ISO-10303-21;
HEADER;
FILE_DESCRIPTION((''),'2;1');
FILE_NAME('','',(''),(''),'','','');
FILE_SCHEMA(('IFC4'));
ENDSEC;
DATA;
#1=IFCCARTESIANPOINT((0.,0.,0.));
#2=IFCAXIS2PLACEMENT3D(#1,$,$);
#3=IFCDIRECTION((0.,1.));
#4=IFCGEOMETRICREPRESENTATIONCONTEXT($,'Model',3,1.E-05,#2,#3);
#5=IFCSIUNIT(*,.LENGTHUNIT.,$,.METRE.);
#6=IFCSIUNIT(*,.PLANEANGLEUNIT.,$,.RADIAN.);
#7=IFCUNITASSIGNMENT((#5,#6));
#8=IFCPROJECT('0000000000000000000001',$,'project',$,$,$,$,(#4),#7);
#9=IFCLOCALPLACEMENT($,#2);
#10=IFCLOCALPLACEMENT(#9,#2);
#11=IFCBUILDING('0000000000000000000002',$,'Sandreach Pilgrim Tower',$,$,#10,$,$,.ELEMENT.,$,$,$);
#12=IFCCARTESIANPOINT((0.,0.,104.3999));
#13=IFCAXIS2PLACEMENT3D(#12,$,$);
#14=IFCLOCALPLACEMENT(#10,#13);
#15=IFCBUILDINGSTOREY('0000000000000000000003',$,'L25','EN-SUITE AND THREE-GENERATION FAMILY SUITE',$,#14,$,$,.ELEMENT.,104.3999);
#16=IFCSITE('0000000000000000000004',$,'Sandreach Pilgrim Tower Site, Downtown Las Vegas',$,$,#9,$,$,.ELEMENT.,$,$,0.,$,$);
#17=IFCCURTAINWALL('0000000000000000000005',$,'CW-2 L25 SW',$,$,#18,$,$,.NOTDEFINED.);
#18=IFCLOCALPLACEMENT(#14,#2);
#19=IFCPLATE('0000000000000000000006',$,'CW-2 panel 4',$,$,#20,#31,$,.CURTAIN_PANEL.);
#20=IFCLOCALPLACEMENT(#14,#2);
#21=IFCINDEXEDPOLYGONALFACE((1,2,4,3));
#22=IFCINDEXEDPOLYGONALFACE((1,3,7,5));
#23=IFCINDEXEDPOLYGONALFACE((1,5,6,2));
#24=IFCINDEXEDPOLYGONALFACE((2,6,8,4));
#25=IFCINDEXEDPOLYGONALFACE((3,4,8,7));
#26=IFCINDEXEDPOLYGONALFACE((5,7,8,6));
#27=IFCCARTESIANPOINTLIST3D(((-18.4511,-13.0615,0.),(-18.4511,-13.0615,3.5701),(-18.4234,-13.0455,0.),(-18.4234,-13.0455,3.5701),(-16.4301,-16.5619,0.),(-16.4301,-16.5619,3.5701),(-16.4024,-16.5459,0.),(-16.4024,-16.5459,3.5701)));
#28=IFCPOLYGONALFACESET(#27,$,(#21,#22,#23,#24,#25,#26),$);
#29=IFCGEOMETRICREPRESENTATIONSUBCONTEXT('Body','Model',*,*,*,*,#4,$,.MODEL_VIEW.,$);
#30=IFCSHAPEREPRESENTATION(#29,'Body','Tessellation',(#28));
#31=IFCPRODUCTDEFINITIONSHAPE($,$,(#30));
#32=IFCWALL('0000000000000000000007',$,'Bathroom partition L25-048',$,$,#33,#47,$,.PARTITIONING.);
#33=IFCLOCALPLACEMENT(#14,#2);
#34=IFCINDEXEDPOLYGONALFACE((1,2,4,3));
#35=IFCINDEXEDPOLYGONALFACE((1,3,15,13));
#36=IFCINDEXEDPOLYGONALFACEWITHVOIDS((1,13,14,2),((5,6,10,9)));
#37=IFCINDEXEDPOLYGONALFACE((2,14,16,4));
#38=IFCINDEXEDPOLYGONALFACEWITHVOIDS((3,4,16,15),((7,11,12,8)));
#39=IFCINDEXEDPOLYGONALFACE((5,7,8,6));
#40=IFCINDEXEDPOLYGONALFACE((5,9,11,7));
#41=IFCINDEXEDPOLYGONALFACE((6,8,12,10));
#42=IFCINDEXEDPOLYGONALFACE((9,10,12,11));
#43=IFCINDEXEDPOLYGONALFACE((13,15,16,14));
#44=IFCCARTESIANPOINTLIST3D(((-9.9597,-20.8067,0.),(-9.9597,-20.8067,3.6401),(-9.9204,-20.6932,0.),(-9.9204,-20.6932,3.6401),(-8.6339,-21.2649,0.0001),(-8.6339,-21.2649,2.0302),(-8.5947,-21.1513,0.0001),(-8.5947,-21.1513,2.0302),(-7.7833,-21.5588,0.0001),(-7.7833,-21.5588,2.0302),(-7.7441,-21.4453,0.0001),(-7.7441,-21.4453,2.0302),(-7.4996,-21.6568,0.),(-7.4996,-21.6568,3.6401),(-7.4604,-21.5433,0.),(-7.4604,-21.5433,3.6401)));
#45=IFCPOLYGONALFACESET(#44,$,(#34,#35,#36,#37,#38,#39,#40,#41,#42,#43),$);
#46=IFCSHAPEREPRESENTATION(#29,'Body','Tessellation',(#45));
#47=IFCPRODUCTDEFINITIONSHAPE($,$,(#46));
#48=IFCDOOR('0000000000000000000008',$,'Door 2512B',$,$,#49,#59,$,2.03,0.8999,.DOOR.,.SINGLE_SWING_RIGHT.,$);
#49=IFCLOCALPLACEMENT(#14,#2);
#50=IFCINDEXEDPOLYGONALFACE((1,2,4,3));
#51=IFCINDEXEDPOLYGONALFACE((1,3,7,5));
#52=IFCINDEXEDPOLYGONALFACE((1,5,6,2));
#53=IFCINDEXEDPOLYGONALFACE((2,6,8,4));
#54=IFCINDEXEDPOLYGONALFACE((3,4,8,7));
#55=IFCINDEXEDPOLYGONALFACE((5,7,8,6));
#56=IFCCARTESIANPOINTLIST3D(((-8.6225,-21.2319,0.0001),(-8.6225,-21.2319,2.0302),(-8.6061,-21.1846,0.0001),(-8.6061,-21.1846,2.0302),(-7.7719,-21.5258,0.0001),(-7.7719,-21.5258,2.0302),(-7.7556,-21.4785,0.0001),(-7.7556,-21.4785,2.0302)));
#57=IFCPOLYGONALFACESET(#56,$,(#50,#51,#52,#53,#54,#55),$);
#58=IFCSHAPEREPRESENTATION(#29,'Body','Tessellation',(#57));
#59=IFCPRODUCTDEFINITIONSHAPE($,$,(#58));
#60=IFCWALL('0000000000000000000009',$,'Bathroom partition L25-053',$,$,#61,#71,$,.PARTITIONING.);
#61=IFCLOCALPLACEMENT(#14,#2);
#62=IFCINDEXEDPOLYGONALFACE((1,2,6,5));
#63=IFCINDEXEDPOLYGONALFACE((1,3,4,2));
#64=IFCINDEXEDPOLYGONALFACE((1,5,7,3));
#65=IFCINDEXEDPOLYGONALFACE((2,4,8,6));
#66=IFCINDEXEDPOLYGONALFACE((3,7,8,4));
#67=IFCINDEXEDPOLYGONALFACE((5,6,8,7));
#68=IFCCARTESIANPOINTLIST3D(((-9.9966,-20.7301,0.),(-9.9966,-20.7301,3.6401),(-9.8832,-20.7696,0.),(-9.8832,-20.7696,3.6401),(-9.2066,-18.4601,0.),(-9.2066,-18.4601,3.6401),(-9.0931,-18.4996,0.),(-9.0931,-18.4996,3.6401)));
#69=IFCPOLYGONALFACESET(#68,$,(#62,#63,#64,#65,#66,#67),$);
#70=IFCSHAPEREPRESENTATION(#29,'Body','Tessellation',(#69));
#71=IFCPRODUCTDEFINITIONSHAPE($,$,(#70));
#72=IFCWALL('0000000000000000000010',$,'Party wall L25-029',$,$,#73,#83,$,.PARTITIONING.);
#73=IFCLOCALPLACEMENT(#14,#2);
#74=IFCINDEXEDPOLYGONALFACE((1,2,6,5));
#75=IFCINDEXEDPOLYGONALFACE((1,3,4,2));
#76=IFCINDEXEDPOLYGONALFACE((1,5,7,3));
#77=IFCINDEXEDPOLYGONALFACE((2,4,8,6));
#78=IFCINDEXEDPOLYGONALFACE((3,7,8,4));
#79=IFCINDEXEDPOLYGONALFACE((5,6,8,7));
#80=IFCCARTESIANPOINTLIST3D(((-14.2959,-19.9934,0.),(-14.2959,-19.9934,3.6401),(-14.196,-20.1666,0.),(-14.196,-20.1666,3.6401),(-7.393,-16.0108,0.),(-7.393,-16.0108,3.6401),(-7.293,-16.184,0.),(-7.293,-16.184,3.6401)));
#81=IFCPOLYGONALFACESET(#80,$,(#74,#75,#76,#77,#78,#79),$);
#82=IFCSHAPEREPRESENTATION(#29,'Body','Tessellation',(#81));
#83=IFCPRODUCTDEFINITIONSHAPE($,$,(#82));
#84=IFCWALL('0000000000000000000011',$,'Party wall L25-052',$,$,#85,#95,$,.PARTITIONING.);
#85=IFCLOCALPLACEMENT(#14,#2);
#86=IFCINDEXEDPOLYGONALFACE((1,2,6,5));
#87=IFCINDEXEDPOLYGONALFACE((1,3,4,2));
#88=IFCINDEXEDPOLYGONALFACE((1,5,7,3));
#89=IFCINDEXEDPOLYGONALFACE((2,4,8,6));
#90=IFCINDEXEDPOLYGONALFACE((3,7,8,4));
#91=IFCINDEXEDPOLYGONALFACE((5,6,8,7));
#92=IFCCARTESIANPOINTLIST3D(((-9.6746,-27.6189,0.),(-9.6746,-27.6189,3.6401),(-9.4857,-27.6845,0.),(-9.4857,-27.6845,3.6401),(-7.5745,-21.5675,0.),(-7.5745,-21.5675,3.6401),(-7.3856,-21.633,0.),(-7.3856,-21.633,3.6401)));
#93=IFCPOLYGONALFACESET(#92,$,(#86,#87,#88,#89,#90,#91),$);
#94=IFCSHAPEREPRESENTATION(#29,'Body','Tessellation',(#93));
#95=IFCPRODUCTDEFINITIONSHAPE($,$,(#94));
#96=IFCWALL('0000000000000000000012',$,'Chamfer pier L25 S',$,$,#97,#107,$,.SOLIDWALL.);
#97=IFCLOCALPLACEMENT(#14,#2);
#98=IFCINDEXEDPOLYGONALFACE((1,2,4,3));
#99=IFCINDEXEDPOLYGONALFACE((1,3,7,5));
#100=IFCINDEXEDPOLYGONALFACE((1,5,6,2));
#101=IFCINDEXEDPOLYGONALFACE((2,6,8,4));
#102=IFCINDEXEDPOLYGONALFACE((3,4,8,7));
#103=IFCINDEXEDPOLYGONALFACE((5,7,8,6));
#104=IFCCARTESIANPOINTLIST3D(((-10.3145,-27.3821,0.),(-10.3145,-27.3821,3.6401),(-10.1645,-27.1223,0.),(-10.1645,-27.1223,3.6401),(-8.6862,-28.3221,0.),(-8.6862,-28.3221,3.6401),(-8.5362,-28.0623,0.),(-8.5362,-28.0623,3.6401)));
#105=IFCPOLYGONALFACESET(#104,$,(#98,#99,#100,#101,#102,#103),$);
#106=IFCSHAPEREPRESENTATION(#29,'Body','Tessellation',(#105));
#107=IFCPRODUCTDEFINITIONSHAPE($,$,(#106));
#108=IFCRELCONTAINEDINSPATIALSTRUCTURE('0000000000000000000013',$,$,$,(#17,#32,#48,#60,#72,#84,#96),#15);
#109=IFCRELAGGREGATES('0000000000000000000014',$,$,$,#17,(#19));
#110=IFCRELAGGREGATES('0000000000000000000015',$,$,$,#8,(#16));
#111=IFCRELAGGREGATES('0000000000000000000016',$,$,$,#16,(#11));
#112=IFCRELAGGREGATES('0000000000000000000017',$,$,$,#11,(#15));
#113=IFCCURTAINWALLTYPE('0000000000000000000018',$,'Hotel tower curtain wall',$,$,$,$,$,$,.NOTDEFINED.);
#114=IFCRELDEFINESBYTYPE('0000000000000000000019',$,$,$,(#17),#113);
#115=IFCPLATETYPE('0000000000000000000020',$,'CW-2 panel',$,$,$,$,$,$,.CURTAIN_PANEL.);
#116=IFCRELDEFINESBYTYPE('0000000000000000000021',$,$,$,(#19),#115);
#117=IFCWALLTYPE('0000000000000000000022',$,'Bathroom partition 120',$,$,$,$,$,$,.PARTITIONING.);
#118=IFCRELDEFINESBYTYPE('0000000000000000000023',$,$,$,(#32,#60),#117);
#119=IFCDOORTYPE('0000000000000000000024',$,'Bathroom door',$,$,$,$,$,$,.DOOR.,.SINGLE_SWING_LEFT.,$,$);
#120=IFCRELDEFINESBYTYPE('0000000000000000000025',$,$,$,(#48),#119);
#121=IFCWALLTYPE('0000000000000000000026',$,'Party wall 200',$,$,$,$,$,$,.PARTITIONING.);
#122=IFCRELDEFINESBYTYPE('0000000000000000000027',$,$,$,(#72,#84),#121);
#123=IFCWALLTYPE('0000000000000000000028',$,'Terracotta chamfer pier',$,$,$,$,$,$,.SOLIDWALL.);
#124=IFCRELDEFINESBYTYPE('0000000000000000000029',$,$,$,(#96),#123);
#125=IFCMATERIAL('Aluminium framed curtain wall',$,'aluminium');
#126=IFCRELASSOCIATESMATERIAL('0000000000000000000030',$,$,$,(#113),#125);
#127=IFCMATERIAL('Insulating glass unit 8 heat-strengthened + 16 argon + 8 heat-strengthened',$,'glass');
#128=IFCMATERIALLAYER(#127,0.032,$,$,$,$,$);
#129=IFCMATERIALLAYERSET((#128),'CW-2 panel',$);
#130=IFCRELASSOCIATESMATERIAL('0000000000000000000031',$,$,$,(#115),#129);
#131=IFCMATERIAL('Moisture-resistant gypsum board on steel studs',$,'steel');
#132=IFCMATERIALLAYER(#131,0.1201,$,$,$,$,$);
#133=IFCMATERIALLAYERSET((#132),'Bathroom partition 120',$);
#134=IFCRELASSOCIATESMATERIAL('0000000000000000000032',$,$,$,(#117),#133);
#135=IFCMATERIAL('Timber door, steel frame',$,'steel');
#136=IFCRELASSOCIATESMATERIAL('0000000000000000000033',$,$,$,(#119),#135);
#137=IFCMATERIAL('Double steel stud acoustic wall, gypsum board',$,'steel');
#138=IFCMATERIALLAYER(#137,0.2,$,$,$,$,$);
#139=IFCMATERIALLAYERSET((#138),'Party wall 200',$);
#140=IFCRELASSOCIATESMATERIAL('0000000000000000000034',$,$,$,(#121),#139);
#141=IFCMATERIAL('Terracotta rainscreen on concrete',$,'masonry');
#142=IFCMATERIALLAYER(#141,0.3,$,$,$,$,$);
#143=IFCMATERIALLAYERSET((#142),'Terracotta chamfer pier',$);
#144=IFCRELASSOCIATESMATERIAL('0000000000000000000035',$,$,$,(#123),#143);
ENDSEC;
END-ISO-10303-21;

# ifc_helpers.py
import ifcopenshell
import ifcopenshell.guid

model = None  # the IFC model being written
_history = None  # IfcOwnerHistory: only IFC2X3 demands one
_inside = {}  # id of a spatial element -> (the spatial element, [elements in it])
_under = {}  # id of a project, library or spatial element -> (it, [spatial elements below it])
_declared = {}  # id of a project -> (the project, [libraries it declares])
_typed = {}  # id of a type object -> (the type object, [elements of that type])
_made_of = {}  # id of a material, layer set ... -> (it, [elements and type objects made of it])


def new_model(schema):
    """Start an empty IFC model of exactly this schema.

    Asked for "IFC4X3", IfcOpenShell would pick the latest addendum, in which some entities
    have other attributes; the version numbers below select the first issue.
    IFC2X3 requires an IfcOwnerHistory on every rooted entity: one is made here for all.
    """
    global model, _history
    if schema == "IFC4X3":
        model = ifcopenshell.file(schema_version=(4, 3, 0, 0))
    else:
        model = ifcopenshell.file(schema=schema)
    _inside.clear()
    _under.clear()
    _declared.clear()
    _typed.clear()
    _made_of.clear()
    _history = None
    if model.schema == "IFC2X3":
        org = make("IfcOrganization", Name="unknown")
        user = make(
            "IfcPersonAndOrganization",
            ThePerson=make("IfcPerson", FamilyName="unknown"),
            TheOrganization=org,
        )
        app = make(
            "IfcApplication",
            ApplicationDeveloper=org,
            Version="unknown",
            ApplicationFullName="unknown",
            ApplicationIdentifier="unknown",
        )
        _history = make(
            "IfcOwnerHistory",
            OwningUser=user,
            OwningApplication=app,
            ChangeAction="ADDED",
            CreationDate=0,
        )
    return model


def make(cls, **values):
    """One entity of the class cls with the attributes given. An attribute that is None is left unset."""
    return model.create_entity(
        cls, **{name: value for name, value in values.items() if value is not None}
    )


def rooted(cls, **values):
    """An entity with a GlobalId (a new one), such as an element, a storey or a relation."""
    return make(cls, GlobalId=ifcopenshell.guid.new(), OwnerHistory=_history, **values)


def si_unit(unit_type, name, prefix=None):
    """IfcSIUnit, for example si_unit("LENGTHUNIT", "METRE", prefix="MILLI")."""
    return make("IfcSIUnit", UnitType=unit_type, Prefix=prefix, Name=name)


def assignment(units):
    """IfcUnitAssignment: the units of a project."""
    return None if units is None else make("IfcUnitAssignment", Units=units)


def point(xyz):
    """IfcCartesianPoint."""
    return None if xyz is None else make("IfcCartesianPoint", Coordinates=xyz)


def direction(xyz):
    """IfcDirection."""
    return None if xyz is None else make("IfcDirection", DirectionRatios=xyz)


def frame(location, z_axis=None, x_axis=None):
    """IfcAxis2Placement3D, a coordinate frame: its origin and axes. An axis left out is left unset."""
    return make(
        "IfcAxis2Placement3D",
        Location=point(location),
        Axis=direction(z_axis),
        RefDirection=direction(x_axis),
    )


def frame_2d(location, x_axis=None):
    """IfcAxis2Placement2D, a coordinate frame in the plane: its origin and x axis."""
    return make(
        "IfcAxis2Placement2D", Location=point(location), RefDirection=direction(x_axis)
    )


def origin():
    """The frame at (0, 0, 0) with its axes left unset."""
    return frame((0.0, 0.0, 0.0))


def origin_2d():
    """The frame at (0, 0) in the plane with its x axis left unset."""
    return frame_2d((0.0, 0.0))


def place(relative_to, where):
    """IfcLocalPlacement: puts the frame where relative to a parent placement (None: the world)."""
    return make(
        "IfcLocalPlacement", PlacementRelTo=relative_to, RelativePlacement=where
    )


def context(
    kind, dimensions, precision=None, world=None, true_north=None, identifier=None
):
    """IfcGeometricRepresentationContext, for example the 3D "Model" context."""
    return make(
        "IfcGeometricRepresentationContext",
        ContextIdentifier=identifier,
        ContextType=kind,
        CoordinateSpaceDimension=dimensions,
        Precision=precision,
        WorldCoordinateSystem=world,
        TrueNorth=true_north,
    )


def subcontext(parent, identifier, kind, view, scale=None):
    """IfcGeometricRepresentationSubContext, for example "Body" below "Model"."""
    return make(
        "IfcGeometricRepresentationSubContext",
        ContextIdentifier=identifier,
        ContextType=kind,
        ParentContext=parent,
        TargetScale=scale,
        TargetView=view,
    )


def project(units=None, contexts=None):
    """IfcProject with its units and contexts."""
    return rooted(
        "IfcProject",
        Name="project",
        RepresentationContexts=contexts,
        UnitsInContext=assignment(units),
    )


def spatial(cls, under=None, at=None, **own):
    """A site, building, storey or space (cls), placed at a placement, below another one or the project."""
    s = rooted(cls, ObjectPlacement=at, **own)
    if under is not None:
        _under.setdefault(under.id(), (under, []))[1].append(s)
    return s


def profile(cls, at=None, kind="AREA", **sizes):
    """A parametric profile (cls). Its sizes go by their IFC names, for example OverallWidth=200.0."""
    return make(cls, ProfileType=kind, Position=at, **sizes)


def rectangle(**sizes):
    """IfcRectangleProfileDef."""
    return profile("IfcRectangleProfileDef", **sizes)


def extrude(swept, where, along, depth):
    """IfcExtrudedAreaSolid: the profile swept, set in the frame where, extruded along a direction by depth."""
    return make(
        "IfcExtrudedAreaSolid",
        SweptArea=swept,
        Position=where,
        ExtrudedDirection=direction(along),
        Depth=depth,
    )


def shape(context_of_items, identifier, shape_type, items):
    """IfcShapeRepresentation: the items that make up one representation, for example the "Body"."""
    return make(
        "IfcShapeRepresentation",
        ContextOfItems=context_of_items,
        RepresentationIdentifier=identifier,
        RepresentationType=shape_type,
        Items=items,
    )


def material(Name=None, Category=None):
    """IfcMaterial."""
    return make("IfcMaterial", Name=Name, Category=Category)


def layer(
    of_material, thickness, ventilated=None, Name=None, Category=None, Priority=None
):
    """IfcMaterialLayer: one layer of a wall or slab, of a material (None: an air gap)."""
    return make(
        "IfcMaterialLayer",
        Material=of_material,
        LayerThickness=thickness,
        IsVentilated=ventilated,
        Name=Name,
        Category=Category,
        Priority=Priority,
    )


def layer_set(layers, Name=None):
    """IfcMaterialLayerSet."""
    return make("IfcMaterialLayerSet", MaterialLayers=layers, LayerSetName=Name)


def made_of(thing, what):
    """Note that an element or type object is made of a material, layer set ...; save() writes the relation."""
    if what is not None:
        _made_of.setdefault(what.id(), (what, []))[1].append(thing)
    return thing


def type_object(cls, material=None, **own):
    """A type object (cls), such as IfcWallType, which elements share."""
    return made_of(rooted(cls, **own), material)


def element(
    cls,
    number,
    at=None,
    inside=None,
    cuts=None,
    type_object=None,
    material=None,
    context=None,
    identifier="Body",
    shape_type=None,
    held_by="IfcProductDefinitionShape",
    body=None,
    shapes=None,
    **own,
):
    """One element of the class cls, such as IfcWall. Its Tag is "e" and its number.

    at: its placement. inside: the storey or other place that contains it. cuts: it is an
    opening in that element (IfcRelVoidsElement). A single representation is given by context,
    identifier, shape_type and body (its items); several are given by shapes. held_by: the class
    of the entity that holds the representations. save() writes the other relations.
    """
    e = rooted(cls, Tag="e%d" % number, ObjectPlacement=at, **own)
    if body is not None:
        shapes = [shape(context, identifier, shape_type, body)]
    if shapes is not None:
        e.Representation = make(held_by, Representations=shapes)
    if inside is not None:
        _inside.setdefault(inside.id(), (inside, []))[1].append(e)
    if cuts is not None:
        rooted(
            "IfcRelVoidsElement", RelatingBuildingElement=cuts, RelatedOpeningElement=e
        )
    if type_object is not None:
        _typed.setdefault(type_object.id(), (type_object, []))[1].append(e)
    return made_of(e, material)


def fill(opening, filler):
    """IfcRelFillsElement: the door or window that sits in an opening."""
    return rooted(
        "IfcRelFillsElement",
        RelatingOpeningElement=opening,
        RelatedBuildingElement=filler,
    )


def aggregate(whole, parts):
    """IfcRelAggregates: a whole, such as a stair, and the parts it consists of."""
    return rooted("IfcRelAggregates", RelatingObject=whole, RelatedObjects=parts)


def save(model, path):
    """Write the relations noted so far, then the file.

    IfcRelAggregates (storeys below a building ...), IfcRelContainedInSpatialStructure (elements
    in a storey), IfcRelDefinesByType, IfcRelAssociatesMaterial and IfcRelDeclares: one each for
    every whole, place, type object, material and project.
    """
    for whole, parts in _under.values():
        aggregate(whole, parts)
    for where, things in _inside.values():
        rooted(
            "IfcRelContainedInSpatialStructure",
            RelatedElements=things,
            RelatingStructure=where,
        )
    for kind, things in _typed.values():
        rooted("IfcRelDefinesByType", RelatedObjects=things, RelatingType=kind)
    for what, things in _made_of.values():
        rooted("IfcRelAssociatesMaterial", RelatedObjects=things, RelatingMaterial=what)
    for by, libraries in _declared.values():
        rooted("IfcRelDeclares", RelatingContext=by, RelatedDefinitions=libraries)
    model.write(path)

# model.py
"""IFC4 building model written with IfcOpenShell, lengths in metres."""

from ifc_helpers import new_model, si_unit, direction, frame, frame_2d, origin, origin_2d, place, context, subcontext, project, spatial, rectangle, extrude, material, layer, layer_set, type_object, element, fill, aggregate, save


model = new_model("IFC4")

# Units and contexts
model_context = context("Model", 3, precision=1e-05, world=origin(), true_north=direction((0.0, 1.0)))
body_context = subcontext(model_context, "Body", "Model", "MODEL_VIEW")
ifc_project = project(units=[si_unit("LENGTHUNIT", "METRE"), si_unit("PLANEANGLEUNIT", "RADIAN")], contexts=[model_context])

# Site, building, storey
site_placement = place(None, origin())
site = spatial("IfcSite", under=ifc_project, at=site_placement, Name="Sandreach Pilgrim Tower Site, Downtown Las Vegas", CompositionType="ELEMENT", RefElevation=0.0)
building_placement = place(site_placement, origin())
building = spatial("IfcBuilding", under=site, at=building_placement, Name="Sandreach Pilgrim Tower", CompositionType="ELEMENT")
storey_placement = place(building_placement, frame((0.0, 0.0, 104.3999)))
storey = spatial("IfcBuildingStorey", under=building, at=storey_placement, Name="L25", Description="EN-SUITE AND THREE-GENERATION FAMILY SUITE", CompositionType="ELEMENT", Elevation=104.3999)

# Curtain wall
ifc_material_1 = material(Name="Aluminium framed curtain wall", Category="aluminium")
curtain_wall_type = type_object("IfcCurtainWallType", Name="Hotel tower curtain wall", PredefinedType="NOTDEFINED", material=ifc_material_1)
curtain_wall_placement = place(storey_placement, origin())
curtain_wall = element("IfcCurtainWall", 1, at=curtain_wall_placement, inside=storey, type_object=curtain_wall_type, Name="CW-2 L25 SW", PredefinedType="NOTDEFINED")

# Plate
ifc_material_2 = material(Name="Insulating glass unit 8 heat-strengthened + 16 argon + 8 heat-strengthened", Category="glass")
ifc_layer_1 = layer(ifc_material_2, 0.032)
ifc_layer_set_1 = layer_set([ifc_layer_1], Name="CW-2 panel")
plate_type = type_object("IfcPlateType", Name="CW-2 panel", PredefinedType="CURTAIN_PANEL", material=ifc_layer_set_1)
plate_1_placement = place(storey_placement, frame((-17.4268, -14.8037, 0.0), z_axis=(0.0, 0.0, 1.0), x_axis=(-0.5, 0.866025, 0.0)))
plate_1 = element("IfcPlate", 2, at=plate_1_placement, type_object=plate_type, Name="CW-2 panel 4", PredefinedType="CURTAIN_PANEL", context=body_context, shape_type="SweptSolid", body=[
    extrude(rectangle(XDim=4.042, YDim=0.032, at=origin_2d()), origin(), (0.0, 0.0, 1.0), 3.5701),
])
aggregate(curtain_wall, [plate_1])

# Wall, opening, door
ifc_material_3 = material(Name="Moisture-resistant gypsum board on steel studs", Category="steel")
ifc_layer_2 = layer(ifc_material_3, 0.1201)
ifc_layer_set_2 = layer_set([ifc_layer_2], Name="Bathroom partition 120")
wall_type_1 = type_object("IfcWallType", Name="Bathroom partition 120", PredefinedType="PARTITIONING", material=ifc_layer_set_2)
wall_1_placement = place(storey_placement, frame((-9.9399, -20.75, 0.0), z_axis=(0.0, 0.0, 1.0), x_axis=(0.945155, -0.326621, 0.0)))
wall_1 = element("IfcWall", 3, at=wall_1_placement, inside=storey, type_object=wall_type_1, Name="Bathroom partition L25-048", PredefinedType="PARTITIONING", context=body_context, shape_type="SweptSolid", body=[
    extrude(rectangle(XDim=2.6028, YDim=0.1201, at=frame_2d((1.3013, 0.0))), origin(), (0.0, 0.0, 1.0), 3.6401),
])
opening_1_placement = place(wall_1_placement, frame((1.4026, 0.0, 0.0)))
opening_1 = element("IfcOpeningElement", 4, at=opening_1_placement, cuts=wall_1, PredefinedType="OPENING", context=body_context, shape_type="SweptSolid", body=[
    extrude(rectangle(XDim=0.8999, YDim=2.03, at=frame_2d((0.45, 1.0151))), frame((0.0, 0.0601, 0.0), z_axis=(0.0, -1.0, 0.0), x_axis=(1.0, 0.0, 0.0)), (0.0, 0.0, 1.0), 0.1201),
])
ifc_material_4 = material(Name="Timber door, steel frame", Category="steel")
door_type_1 = type_object("IfcDoorType", Name="Bathroom door", OperationType="SINGLE_SWING_LEFT", PredefinedType="DOOR", material=ifc_material_4)
door_1_placement = place(opening_1_placement, origin())
door_1 = element("IfcDoor", 5, at=door_1_placement, inside=storey, type_object=door_type_1, Name="Door 2512B", OperationType="SINGLE_SWING_RIGHT", OverallHeight=2.03, OverallWidth=0.8999, PredefinedType="DOOR", context=body_context, shape_type="SweptSolid", body=[
    extrude(rectangle(XDim=0.8999, YDim=2.03, at=frame_2d((0.45, 1.0151))), frame((0.0, 0.0249, 0.0), z_axis=(0.0, -1.0, 0.0), x_axis=(1.0, 0.0, 0.0)), (0.0, 0.0, 1.0), 0.05),
])
fill(opening_1, door_1)

# Wall
wall_2_placement = place(storey_placement, frame((-9.1499, -18.48, 0.0), z_axis=(0.0, 0.0, 1.0), x_axis=(-0.328694, -0.944436, 0.0)))
element("IfcWall", 6, at=wall_2_placement, inside=storey, type_object=wall_type_1, Name="Bathroom partition L25-053", PredefinedType="PARTITIONING", context=body_context, shape_type="SweptSolid", body=[
    extrude(rectangle(XDim=2.4036, YDim=0.1201, at=frame_2d((1.2017, 0.0))), origin(), (0.0, 0.0, 1.0), 3.6401),
])

# Walls
ifc_material_5 = material(Name="Double steel stud acoustic wall, gypsum board", Category="steel")
ifc_layer_3 = layer(ifc_material_5, 0.2)
ifc_layer_set_3 = layer_set([ifc_layer_3], Name="Party wall 200")
wall_type_2 = type_object("IfcWallType", Name="Party wall 200", PredefinedType="PARTITIONING", material=ifc_layer_set_3)
wall_3_placement = place(storey_placement, frame((-14.2461, -20.0801, 0.0), z_axis=(0.0, 0.0, 1.0), x_axis=(0.866179, 0.499734, 0.0)))
element("IfcWall", 7, at=wall_3_placement, inside=storey, type_object=wall_type_2, Name="Party wall L25-029", PredefinedType="PARTITIONING", context=body_context, shape_type="SweptSolid", body=[
    extrude(rectangle(XDim=7.9695, YDim=0.2, at=frame_2d((3.9849, 0.0))), origin(), (0.0, 0.0, 1.0), 3.6401),
])
wall_4_placement = place(storey_placement, frame((-9.5801, -27.6516, 0.0), z_axis=(0.0, 0.0, 1.0), x_axis=(0.327855, 0.944728, 0.0)))
element("IfcWall", 8, at=wall_4_placement, inside=storey, type_object=wall_type_2, Name="Party wall L25-052", PredefinedType="PARTITIONING", context=body_context, shape_type="SweptSolid", body=[
    extrude(rectangle(XDim=6.4055, YDim=0.2, at=frame_2d((3.2026, 0.0))), origin(), (0.0, 0.0, 1.0), 3.6401),
])
ifc_material_6 = material(Name="Terracotta rainscreen on concrete", Category="masonry")
ifc_layer_4 = layer(ifc_material_6, 0.3)
ifc_layer_set_4 = layer_set([ifc_layer_4], Name="Terracotta chamfer pier")
wall_type_3 = type_object("IfcWallType", Name="Terracotta chamfer pier", PredefinedType="SOLIDWALL", material=ifc_layer_set_4)
wall_5_placement = place(storey_placement, frame((-8.6113, -28.1921, 0.0), z_axis=(0.0, 0.0, 1.0), x_axis=(-0.866045, 0.499966, 0.0)))
element("IfcWall", 9, at=wall_5_placement, inside=storey, type_object=wall_type_3, Name="Chamfer pier L25 S", PredefinedType="SOLIDWALL", context=body_context, shape_type="SweptSolid", body=[
    extrude(rectangle(XDim=1.8801, YDim=0.3, at=frame_2d((0.9399, 0.0))), origin(), (0.0, 0.0, 1.0), 3.6401),
])

save(model, "model.ifc")
